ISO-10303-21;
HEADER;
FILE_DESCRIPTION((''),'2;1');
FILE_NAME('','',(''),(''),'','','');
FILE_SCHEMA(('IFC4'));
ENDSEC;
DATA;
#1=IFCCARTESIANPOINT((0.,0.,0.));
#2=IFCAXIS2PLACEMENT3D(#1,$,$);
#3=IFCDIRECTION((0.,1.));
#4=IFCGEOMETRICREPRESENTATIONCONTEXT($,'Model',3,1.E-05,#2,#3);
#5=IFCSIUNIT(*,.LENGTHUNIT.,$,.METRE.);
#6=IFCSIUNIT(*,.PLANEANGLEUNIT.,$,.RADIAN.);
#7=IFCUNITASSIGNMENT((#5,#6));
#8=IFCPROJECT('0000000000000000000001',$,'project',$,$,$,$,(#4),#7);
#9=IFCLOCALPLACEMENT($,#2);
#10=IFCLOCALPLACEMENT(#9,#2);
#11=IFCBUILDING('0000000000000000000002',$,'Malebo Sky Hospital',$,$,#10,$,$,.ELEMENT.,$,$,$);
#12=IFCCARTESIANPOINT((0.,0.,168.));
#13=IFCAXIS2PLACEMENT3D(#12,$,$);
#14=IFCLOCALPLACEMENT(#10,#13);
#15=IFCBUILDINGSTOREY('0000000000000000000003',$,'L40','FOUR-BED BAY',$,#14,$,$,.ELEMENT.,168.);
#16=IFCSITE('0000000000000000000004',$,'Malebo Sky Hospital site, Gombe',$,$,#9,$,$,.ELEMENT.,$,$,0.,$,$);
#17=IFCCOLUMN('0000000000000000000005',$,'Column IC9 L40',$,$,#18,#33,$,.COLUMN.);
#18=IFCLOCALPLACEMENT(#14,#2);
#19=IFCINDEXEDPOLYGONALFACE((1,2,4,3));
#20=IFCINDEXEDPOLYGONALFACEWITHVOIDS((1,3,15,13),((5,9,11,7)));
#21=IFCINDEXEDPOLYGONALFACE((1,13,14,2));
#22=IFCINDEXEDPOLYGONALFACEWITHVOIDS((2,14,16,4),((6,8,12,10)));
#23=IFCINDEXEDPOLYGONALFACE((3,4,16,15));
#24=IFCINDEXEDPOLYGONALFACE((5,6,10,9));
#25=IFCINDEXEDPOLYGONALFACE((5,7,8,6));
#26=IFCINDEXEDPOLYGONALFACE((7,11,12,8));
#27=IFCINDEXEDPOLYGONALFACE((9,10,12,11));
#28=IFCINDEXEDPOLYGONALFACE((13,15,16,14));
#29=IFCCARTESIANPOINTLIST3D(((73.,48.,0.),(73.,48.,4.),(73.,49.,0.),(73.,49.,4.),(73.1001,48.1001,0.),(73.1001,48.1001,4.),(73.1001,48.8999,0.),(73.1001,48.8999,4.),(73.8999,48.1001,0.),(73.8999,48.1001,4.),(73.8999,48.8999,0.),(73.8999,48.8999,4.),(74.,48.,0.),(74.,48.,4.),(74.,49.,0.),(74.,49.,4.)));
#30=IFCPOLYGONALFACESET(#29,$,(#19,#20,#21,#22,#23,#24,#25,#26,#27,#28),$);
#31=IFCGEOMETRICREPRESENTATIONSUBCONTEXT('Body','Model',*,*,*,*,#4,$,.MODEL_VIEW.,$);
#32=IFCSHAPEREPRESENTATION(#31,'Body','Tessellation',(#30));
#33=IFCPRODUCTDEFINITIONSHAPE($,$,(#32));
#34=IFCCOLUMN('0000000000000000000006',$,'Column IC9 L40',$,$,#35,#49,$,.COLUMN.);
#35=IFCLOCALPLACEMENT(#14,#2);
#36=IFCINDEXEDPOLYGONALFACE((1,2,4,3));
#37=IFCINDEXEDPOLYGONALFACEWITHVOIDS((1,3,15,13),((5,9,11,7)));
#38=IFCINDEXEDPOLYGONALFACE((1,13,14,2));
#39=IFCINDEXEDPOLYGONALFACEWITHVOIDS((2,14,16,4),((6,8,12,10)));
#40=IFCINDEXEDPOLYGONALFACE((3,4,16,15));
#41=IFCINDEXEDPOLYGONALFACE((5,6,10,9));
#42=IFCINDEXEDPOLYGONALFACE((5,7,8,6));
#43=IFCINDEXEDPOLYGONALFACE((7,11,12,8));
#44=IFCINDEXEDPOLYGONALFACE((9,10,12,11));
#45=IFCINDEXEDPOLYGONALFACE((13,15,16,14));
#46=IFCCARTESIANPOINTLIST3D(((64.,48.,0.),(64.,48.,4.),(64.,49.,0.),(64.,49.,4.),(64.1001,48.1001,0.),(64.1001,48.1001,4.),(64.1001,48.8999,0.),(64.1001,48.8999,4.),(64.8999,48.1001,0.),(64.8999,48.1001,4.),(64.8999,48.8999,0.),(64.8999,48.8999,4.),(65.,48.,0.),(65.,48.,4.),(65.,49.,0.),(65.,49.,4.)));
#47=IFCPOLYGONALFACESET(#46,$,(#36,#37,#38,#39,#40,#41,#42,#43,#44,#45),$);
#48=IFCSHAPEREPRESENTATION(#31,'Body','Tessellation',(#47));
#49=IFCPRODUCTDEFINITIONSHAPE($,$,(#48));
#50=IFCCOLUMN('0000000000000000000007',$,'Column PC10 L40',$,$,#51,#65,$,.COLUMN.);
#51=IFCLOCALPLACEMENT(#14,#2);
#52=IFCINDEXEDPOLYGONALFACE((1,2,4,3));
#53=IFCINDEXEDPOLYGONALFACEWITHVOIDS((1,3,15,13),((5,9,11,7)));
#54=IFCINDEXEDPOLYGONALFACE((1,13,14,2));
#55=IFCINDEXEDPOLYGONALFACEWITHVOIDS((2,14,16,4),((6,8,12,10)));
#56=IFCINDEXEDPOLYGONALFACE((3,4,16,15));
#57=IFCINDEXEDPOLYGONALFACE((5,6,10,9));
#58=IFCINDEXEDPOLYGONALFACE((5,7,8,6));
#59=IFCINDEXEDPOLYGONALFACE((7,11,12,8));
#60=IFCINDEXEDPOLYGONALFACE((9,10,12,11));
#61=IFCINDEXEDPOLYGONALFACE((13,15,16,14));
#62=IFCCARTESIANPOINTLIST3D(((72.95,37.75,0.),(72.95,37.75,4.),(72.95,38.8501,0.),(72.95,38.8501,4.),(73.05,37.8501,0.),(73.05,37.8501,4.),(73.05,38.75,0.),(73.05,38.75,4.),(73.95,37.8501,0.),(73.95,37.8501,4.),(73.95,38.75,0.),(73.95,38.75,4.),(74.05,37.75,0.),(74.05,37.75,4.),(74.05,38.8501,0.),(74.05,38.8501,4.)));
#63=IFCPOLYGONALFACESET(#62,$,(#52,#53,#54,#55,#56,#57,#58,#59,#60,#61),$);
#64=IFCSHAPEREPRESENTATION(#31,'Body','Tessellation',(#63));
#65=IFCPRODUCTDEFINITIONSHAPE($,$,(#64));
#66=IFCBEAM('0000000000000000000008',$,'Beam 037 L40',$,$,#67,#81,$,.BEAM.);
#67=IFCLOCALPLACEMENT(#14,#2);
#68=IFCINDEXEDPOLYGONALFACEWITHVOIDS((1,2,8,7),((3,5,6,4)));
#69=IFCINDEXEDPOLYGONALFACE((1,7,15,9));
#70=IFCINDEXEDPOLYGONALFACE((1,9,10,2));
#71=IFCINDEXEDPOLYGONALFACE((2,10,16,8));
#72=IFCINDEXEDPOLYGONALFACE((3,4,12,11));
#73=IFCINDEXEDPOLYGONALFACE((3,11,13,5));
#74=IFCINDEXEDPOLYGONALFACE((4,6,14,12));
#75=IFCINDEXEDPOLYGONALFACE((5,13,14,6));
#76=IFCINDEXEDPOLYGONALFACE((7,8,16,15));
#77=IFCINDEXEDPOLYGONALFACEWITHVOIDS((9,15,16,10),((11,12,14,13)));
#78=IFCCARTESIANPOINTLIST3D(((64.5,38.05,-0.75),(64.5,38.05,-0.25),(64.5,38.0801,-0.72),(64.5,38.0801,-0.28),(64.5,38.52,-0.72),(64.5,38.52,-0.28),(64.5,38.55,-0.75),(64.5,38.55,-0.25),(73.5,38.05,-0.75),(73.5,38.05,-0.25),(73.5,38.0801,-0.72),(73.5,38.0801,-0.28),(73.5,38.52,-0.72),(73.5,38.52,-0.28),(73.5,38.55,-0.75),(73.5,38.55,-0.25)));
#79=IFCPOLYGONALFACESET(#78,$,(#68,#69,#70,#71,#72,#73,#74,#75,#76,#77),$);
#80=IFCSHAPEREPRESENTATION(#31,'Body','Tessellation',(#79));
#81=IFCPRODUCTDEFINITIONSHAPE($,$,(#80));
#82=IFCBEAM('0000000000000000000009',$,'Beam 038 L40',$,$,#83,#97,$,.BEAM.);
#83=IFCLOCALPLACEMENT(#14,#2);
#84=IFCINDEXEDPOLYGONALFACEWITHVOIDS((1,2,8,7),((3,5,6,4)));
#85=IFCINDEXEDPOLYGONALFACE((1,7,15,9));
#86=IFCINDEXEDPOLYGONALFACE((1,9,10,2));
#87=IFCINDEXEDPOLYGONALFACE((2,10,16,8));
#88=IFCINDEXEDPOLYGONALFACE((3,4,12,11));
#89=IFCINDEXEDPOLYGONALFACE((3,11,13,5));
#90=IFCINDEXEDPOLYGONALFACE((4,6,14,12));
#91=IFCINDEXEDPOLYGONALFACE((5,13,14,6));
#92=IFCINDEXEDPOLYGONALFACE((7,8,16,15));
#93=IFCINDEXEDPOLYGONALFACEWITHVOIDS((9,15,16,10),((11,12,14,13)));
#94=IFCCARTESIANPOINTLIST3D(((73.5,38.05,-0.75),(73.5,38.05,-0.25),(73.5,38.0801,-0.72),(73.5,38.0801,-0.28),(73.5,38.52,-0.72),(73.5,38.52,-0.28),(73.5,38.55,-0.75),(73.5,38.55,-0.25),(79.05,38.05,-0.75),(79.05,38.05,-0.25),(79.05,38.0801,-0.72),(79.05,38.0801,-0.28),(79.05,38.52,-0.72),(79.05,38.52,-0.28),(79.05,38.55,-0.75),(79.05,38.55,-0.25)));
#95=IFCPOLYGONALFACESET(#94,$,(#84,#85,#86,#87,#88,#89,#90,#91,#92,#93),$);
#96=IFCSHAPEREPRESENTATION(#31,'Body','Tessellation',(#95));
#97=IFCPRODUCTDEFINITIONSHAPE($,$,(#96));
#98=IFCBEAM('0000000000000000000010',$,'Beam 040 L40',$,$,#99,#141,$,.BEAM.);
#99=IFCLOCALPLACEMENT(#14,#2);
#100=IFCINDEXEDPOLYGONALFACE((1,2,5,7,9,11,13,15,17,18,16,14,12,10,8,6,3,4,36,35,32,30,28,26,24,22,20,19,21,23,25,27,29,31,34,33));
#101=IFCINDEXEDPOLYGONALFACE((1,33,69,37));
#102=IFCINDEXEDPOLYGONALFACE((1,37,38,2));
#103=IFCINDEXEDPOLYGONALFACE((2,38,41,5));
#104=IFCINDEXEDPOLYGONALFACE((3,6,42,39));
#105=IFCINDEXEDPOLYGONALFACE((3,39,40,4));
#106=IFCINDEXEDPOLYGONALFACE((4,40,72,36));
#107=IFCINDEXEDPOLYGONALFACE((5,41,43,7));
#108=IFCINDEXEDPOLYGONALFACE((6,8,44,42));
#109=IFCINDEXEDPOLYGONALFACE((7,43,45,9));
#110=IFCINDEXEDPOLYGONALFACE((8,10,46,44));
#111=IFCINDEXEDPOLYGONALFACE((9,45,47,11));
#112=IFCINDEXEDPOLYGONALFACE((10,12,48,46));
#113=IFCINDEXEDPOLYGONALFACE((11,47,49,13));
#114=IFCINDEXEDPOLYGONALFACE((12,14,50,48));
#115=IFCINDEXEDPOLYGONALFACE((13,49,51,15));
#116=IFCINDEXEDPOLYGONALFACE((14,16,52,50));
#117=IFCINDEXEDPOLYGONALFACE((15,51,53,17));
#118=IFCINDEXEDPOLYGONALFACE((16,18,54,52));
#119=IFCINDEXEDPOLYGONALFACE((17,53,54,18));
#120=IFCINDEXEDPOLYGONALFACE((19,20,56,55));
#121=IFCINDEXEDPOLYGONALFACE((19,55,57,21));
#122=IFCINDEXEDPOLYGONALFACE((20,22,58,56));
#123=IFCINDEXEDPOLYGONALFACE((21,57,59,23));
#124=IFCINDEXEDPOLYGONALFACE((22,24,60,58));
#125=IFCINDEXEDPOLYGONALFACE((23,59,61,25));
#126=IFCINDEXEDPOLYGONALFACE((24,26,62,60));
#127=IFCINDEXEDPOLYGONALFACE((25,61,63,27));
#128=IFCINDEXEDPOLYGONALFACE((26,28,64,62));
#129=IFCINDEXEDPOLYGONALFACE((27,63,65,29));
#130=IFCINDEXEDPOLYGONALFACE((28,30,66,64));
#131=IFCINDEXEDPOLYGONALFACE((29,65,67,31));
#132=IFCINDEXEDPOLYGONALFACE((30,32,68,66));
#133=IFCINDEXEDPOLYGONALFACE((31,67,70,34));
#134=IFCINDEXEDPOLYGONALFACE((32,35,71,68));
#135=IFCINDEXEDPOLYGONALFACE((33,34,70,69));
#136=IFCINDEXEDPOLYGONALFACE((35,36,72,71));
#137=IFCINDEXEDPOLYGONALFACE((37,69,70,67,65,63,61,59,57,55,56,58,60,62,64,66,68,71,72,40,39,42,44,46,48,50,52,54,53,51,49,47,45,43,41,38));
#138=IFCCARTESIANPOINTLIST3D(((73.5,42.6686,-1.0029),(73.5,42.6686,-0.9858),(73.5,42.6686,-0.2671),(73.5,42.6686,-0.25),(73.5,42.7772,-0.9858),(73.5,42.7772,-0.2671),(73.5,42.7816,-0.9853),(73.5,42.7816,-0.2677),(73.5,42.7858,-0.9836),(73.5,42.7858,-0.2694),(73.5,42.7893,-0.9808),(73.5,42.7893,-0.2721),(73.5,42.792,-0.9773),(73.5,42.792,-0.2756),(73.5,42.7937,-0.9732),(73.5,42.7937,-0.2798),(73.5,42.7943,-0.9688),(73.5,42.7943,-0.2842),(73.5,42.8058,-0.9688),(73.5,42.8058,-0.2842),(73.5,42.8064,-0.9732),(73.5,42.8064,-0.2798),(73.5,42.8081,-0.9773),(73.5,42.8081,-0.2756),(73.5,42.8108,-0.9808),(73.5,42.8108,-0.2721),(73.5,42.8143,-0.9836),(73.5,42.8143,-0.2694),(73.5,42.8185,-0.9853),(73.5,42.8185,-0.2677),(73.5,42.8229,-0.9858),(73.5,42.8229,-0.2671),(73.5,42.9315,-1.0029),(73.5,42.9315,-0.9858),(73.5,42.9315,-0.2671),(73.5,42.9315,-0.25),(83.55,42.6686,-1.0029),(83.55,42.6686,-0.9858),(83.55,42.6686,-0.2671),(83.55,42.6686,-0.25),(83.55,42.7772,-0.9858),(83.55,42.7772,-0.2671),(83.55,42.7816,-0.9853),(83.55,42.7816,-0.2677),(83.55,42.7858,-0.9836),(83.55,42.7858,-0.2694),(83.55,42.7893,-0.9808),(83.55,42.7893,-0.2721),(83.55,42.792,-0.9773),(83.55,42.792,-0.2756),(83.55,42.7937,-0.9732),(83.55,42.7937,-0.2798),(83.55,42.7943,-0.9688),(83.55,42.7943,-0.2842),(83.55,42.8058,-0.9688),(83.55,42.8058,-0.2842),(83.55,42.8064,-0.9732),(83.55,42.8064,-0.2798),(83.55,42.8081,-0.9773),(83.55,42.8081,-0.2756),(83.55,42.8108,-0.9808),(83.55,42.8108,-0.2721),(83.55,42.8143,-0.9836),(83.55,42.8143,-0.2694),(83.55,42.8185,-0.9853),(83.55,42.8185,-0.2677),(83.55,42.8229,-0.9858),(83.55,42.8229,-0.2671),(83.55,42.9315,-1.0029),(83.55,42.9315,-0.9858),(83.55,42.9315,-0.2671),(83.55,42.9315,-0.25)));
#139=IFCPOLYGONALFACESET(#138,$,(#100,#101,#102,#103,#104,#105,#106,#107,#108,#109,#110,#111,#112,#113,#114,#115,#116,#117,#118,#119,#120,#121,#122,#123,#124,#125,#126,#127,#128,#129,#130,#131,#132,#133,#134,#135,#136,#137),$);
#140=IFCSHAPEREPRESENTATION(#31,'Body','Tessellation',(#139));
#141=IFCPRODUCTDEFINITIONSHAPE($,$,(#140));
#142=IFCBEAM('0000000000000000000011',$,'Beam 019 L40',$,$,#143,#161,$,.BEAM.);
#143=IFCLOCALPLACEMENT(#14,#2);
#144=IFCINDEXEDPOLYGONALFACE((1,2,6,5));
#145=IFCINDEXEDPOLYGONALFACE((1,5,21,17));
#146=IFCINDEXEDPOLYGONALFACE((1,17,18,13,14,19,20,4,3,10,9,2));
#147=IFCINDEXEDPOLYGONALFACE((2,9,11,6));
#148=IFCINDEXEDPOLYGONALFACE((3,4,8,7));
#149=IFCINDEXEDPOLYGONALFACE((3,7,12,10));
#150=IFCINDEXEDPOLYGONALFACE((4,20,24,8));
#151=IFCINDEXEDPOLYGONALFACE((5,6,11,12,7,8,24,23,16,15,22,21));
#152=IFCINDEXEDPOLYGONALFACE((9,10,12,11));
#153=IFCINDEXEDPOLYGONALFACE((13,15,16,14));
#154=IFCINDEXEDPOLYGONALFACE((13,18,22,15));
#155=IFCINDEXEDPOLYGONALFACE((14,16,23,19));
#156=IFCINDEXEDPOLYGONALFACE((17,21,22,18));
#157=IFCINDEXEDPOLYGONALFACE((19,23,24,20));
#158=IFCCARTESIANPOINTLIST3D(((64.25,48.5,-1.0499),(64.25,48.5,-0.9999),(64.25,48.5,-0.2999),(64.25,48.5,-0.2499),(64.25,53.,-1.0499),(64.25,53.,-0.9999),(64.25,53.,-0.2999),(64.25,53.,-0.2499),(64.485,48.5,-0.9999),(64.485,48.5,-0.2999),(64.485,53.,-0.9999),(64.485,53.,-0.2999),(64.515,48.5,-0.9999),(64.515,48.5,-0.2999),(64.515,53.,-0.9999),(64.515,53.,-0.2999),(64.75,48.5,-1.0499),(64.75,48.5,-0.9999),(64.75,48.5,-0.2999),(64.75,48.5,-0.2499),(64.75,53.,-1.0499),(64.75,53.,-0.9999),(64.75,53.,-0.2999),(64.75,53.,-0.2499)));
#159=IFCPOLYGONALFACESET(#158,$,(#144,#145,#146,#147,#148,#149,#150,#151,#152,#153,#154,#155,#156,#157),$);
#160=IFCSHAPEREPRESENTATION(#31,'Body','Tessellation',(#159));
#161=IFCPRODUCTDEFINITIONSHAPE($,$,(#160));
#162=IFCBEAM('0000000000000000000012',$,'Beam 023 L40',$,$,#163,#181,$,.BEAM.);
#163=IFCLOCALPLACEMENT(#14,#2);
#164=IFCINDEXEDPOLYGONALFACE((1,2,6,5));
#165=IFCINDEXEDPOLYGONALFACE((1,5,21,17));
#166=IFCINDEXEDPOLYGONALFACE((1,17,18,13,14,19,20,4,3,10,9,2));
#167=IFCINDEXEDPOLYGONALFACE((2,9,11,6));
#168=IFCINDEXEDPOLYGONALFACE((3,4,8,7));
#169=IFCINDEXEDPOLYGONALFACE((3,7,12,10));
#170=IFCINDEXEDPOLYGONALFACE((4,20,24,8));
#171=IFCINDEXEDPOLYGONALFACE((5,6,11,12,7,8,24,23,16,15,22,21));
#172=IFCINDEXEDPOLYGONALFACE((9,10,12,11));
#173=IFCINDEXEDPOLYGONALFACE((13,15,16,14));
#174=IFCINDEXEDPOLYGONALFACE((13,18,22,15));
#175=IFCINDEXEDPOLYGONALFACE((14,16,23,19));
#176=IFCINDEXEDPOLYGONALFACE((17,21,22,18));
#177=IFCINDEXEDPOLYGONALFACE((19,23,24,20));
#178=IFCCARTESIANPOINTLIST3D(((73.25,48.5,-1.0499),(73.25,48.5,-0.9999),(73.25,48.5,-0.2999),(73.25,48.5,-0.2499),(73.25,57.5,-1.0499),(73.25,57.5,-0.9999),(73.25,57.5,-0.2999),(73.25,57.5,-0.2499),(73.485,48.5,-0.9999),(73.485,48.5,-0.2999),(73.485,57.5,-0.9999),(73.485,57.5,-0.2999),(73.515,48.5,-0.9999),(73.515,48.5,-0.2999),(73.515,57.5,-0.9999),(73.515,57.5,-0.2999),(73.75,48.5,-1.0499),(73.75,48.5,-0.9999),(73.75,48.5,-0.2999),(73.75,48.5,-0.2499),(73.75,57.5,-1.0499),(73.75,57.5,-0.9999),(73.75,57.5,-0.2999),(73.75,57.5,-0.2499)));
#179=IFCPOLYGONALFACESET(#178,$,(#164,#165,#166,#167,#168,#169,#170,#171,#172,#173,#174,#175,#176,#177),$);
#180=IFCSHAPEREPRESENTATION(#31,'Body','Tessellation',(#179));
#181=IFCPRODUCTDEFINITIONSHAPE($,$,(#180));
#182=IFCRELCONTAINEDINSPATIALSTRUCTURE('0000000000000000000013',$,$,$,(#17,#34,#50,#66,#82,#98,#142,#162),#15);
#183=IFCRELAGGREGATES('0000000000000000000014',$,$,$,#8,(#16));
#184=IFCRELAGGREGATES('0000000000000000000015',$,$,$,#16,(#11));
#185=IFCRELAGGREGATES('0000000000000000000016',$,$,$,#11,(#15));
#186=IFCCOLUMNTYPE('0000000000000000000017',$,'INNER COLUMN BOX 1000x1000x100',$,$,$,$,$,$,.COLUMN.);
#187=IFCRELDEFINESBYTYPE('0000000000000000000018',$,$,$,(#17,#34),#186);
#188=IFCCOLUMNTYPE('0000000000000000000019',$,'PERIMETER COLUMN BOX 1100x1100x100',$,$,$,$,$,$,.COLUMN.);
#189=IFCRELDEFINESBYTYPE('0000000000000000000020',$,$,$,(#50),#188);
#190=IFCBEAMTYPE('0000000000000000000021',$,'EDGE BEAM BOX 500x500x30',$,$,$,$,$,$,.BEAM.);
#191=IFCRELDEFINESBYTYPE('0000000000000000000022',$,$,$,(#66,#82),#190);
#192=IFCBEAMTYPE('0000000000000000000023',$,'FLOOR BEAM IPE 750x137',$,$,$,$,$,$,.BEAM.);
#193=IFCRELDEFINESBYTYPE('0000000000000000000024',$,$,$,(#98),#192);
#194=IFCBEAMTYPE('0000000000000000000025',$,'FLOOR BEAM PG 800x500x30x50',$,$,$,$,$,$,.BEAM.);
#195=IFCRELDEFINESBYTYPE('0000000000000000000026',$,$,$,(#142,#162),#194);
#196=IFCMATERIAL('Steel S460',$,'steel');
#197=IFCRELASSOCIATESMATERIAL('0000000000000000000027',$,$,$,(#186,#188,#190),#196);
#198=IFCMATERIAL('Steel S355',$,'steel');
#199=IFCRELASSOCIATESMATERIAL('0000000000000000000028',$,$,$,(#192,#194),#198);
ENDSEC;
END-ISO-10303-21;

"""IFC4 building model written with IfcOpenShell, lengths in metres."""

from ifc_helpers import new_model, si_unit, direction, frame, origin, origin_2d, place, context, subcontext, project, spatial, hollow_rectangle, i_section, extrude, material, material_profile, profile_set, type_object, element, save


model = new_model("IFC4")

# Units and contexts
model_context = context("Model", 3, precision=1e-05, world=origin(), true_north=direction((0.0, 1.0)))
body_context = subcontext(model_context, "Body", "Model", "MODEL_VIEW")
ifc_project = project(units=[si_unit("LENGTHUNIT", "METRE"), si_unit("PLANEANGLEUNIT", "RADIAN")], contexts=[model_context])

# Site, building, storey
site_placement = place(None, origin())
site = spatial("IfcSite", under=ifc_project, at=site_placement, Name="Malebo Sky Hospital site, Gombe", CompositionType="ELEMENT", RefElevation=0.0)
building_placement = place(site_placement, origin())
building = spatial("IfcBuilding", under=site, at=building_placement, Name="Malebo Sky Hospital", CompositionType="ELEMENT")
storey_placement = place(building_placement, frame((0.0, 0.0, 168.0)))
storey = spatial("IfcBuildingStorey", under=building, at=storey_placement, Name="L40", Description="FOUR-BED BAY", CompositionType="ELEMENT", Elevation=168.0)

# Columns
ifc_material_1 = material(Name="Steel S460", Category="steel")
ifc_material_profile_1 = material_profile(ifc_material_1, hollow_rectangle(XDim=1.0, YDim=1.0, WallThickness=0.1001, at=origin_2d()), Name="BOX 1000x1000x100")
ifc_profile_set_1 = profile_set([ifc_material_profile_1], Name="Steel S460")
column_type_1 = type_object("IfcColumnType", Name="INNER COLUMN BOX 1000x1000x100", PredefinedType="COLUMN", material=ifc_profile_set_1)
for number, where, z_axis, x_axis, name in (
    (1, (73.5, 48.5, 0.0), (0.0, 0.0, 1.0), (1.0, 0.0, 0.0), "Column IC9 L40"),
    (2, (64.5, 48.5, 0.0), (0.0, 0.0, 1.0), (1.0, 0.0, 0.0), "Column IC9 L40"),
):
    element("IfcColumn", number, at=place(storey_placement, frame(where, z_axis=z_axis, x_axis=x_axis)), inside=storey, type_object=column_type_1, Name=name, PredefinedType="COLUMN", context=body_context, shape_type="SweptSolid", body=[
        extrude(hollow_rectangle(XDim=1.0, YDim=1.0, WallThickness=0.1001, at=origin_2d()), origin(), (0.0, 0.0, 1.0), 4.0),
    ])
ifc_material_profile_2 = material_profile(ifc_material_1, hollow_rectangle(XDim=1.1001, YDim=1.1001, WallThickness=0.1001, at=origin_2d()), Name="BOX 1100x1100x100")
ifc_profile_set_2 = profile_set([ifc_material_profile_2], Name="Steel S460")
column_type_2 = type_object("IfcColumnType", Name="PERIMETER COLUMN BOX 1100x1100x100", PredefinedType="COLUMN", material=ifc_profile_set_2)
column_placement = place(storey_placement, frame((73.5, 38.3, 0.0), z_axis=(0.0, 0.0, 1.0), x_axis=(1.0, 0.0, 0.0)))
element("IfcColumn", 3, at=column_placement, inside=storey, type_object=column_type_2, Name="Column PC10 L40", PredefinedType="COLUMN", context=body_context, shape_type="SweptSolid", body=[
    extrude(hollow_rectangle(XDim=1.1001, YDim=1.1001, WallThickness=0.1001, at=origin_2d()), origin(), (0.0, 0.0, 1.0), 4.0),
])

# Beams
ifc_material_profile_3 = material_profile(ifc_material_1, hollow_rectangle(XDim=0.5, YDim=0.5, WallThickness=0.03, at=origin_2d()), Name="BOX 500x500x30")
ifc_profile_set_3 = profile_set([ifc_material_profile_3], Name="Steel S460")
beam_type_1 = type_object("IfcBeamType", Name="EDGE BEAM BOX 500x500x30", PredefinedType="BEAM", material=ifc_profile_set_3)
beam_1_placement = place(storey_placement, frame((64.5, 38.3, -0.5), z_axis=(1.0, 0.0, 0.0), x_axis=(0.0, 1.0, 0.0)))
element("IfcBeam", 4, at=beam_1_placement, inside=storey, type_object=beam_type_1, Name="Beam 037 L40", PredefinedType="BEAM", context=body_context, shape_type="SweptSolid", body=[
    extrude(hollow_rectangle(XDim=0.5, YDim=0.5, WallThickness=0.03, at=origin_2d()), origin(), (0.0, 0.0, 1.0), 9.0),
])
beam_2_placement = place(storey_placement, frame((73.5, 38.3, -0.5), z_axis=(1.0, 0.0, 0.0), x_axis=(0.0, 1.0, 0.0)))
element("IfcBeam", 5, at=beam_2_placement, inside=storey, type_object=beam_type_1, Name="Beam 038 L40", PredefinedType="BEAM", context=body_context, shape_type="SweptSolid", body=[
    extrude(hollow_rectangle(XDim=0.5, YDim=0.5, WallThickness=0.03, at=origin_2d()), origin(), (0.0, 0.0, 1.0), 5.55),
])
ifc_material_2 = material(Name="Steel S355", Category="steel")
ifc_material_profile_4 = material_profile(ifc_material_2, i_section(OverallWidth=0.2629, OverallDepth=0.7529, WebThickness=0.0115, FlangeThickness=0.0171, FilletRadius=0.0171, at=origin_2d()), Name="IPE 750x137")
ifc_profile_set_4 = profile_set([ifc_material_profile_4], Name="Steel S355")
beam_type_2 = type_object("IfcBeamType", Name="FLOOR BEAM IPE 750x137", PredefinedType="BEAM", material=ifc_profile_set_4)
beam_3_placement = place(storey_placement, frame((73.5, 42.8, -0.6265), z_axis=(1.0, 0.0, 0.0), x_axis=(0.0, 1.0, 0.0)))
element("IfcBeam", 6, at=beam_3_placement, inside=storey, type_object=beam_type_2, Name="Beam 040 L40", PredefinedType="BEAM", context=body_context, shape_type="SweptSolid", body=[
    extrude(i_section(OverallWidth=0.2629, OverallDepth=0.7529, WebThickness=0.0115, FlangeThickness=0.0171, FilletRadius=0.0171, at=origin_2d()), origin(), (0.0, 0.0, 1.0), 10.05),
])
ifc_material_profile_5 = material_profile(ifc_material_2, i_section(OverallWidth=0.5, OverallDepth=0.8, WebThickness=0.03, FlangeThickness=0.05, at=origin_2d()), Name="PG 800x500x30x50")
ifc_profile_set_5 = profile_set([ifc_material_profile_5], Name="Steel S355")
beam_type_3 = type_object("IfcBeamType", Name="FLOOR BEAM PG 800x500x30x50", PredefinedType="BEAM", material=ifc_profile_set_5)
beam_4_placement = place(storey_placement, frame((64.5, 48.5, -0.6499), z_axis=(0.0, 1.0, 0.0), x_axis=(-1.0, 0.0, 0.0)))
element("IfcBeam", 7, at=beam_4_placement, inside=storey, type_object=beam_type_3, Name="Beam 019 L40", PredefinedType="BEAM", context=body_context, shape_type="SweptSolid", body=[
    extrude(i_section(OverallWidth=0.5, OverallDepth=0.8, WebThickness=0.03, FlangeThickness=0.05, at=origin_2d()), origin(), (0.0, 0.0, 1.0), 4.5),
])
for number, where, z_axis, x_axis, name in (
    (8, (73.5, 48.5, -0.6499), (0.0, 1.0, 0.0), (-1.0, 0.0, 0.0), "Beam 023 L40"),
):
    element("IfcBeam", number, at=place(storey_placement, frame(where, z_axis=z_axis, x_axis=x_axis)), inside=storey, type_object=beam_type_3, Name=name, PredefinedType="BEAM", context=body_context, shape_type="SweptSolid", body=[
        extrude(i_section(OverallWidth=0.5, OverallDepth=0.8, WebThickness=0.03, FlangeThickness=0.05, at=origin_2d()), origin(), (0.0, 0.0, 1.0), 9.0),
    ])

save(model, "model.ifc")
